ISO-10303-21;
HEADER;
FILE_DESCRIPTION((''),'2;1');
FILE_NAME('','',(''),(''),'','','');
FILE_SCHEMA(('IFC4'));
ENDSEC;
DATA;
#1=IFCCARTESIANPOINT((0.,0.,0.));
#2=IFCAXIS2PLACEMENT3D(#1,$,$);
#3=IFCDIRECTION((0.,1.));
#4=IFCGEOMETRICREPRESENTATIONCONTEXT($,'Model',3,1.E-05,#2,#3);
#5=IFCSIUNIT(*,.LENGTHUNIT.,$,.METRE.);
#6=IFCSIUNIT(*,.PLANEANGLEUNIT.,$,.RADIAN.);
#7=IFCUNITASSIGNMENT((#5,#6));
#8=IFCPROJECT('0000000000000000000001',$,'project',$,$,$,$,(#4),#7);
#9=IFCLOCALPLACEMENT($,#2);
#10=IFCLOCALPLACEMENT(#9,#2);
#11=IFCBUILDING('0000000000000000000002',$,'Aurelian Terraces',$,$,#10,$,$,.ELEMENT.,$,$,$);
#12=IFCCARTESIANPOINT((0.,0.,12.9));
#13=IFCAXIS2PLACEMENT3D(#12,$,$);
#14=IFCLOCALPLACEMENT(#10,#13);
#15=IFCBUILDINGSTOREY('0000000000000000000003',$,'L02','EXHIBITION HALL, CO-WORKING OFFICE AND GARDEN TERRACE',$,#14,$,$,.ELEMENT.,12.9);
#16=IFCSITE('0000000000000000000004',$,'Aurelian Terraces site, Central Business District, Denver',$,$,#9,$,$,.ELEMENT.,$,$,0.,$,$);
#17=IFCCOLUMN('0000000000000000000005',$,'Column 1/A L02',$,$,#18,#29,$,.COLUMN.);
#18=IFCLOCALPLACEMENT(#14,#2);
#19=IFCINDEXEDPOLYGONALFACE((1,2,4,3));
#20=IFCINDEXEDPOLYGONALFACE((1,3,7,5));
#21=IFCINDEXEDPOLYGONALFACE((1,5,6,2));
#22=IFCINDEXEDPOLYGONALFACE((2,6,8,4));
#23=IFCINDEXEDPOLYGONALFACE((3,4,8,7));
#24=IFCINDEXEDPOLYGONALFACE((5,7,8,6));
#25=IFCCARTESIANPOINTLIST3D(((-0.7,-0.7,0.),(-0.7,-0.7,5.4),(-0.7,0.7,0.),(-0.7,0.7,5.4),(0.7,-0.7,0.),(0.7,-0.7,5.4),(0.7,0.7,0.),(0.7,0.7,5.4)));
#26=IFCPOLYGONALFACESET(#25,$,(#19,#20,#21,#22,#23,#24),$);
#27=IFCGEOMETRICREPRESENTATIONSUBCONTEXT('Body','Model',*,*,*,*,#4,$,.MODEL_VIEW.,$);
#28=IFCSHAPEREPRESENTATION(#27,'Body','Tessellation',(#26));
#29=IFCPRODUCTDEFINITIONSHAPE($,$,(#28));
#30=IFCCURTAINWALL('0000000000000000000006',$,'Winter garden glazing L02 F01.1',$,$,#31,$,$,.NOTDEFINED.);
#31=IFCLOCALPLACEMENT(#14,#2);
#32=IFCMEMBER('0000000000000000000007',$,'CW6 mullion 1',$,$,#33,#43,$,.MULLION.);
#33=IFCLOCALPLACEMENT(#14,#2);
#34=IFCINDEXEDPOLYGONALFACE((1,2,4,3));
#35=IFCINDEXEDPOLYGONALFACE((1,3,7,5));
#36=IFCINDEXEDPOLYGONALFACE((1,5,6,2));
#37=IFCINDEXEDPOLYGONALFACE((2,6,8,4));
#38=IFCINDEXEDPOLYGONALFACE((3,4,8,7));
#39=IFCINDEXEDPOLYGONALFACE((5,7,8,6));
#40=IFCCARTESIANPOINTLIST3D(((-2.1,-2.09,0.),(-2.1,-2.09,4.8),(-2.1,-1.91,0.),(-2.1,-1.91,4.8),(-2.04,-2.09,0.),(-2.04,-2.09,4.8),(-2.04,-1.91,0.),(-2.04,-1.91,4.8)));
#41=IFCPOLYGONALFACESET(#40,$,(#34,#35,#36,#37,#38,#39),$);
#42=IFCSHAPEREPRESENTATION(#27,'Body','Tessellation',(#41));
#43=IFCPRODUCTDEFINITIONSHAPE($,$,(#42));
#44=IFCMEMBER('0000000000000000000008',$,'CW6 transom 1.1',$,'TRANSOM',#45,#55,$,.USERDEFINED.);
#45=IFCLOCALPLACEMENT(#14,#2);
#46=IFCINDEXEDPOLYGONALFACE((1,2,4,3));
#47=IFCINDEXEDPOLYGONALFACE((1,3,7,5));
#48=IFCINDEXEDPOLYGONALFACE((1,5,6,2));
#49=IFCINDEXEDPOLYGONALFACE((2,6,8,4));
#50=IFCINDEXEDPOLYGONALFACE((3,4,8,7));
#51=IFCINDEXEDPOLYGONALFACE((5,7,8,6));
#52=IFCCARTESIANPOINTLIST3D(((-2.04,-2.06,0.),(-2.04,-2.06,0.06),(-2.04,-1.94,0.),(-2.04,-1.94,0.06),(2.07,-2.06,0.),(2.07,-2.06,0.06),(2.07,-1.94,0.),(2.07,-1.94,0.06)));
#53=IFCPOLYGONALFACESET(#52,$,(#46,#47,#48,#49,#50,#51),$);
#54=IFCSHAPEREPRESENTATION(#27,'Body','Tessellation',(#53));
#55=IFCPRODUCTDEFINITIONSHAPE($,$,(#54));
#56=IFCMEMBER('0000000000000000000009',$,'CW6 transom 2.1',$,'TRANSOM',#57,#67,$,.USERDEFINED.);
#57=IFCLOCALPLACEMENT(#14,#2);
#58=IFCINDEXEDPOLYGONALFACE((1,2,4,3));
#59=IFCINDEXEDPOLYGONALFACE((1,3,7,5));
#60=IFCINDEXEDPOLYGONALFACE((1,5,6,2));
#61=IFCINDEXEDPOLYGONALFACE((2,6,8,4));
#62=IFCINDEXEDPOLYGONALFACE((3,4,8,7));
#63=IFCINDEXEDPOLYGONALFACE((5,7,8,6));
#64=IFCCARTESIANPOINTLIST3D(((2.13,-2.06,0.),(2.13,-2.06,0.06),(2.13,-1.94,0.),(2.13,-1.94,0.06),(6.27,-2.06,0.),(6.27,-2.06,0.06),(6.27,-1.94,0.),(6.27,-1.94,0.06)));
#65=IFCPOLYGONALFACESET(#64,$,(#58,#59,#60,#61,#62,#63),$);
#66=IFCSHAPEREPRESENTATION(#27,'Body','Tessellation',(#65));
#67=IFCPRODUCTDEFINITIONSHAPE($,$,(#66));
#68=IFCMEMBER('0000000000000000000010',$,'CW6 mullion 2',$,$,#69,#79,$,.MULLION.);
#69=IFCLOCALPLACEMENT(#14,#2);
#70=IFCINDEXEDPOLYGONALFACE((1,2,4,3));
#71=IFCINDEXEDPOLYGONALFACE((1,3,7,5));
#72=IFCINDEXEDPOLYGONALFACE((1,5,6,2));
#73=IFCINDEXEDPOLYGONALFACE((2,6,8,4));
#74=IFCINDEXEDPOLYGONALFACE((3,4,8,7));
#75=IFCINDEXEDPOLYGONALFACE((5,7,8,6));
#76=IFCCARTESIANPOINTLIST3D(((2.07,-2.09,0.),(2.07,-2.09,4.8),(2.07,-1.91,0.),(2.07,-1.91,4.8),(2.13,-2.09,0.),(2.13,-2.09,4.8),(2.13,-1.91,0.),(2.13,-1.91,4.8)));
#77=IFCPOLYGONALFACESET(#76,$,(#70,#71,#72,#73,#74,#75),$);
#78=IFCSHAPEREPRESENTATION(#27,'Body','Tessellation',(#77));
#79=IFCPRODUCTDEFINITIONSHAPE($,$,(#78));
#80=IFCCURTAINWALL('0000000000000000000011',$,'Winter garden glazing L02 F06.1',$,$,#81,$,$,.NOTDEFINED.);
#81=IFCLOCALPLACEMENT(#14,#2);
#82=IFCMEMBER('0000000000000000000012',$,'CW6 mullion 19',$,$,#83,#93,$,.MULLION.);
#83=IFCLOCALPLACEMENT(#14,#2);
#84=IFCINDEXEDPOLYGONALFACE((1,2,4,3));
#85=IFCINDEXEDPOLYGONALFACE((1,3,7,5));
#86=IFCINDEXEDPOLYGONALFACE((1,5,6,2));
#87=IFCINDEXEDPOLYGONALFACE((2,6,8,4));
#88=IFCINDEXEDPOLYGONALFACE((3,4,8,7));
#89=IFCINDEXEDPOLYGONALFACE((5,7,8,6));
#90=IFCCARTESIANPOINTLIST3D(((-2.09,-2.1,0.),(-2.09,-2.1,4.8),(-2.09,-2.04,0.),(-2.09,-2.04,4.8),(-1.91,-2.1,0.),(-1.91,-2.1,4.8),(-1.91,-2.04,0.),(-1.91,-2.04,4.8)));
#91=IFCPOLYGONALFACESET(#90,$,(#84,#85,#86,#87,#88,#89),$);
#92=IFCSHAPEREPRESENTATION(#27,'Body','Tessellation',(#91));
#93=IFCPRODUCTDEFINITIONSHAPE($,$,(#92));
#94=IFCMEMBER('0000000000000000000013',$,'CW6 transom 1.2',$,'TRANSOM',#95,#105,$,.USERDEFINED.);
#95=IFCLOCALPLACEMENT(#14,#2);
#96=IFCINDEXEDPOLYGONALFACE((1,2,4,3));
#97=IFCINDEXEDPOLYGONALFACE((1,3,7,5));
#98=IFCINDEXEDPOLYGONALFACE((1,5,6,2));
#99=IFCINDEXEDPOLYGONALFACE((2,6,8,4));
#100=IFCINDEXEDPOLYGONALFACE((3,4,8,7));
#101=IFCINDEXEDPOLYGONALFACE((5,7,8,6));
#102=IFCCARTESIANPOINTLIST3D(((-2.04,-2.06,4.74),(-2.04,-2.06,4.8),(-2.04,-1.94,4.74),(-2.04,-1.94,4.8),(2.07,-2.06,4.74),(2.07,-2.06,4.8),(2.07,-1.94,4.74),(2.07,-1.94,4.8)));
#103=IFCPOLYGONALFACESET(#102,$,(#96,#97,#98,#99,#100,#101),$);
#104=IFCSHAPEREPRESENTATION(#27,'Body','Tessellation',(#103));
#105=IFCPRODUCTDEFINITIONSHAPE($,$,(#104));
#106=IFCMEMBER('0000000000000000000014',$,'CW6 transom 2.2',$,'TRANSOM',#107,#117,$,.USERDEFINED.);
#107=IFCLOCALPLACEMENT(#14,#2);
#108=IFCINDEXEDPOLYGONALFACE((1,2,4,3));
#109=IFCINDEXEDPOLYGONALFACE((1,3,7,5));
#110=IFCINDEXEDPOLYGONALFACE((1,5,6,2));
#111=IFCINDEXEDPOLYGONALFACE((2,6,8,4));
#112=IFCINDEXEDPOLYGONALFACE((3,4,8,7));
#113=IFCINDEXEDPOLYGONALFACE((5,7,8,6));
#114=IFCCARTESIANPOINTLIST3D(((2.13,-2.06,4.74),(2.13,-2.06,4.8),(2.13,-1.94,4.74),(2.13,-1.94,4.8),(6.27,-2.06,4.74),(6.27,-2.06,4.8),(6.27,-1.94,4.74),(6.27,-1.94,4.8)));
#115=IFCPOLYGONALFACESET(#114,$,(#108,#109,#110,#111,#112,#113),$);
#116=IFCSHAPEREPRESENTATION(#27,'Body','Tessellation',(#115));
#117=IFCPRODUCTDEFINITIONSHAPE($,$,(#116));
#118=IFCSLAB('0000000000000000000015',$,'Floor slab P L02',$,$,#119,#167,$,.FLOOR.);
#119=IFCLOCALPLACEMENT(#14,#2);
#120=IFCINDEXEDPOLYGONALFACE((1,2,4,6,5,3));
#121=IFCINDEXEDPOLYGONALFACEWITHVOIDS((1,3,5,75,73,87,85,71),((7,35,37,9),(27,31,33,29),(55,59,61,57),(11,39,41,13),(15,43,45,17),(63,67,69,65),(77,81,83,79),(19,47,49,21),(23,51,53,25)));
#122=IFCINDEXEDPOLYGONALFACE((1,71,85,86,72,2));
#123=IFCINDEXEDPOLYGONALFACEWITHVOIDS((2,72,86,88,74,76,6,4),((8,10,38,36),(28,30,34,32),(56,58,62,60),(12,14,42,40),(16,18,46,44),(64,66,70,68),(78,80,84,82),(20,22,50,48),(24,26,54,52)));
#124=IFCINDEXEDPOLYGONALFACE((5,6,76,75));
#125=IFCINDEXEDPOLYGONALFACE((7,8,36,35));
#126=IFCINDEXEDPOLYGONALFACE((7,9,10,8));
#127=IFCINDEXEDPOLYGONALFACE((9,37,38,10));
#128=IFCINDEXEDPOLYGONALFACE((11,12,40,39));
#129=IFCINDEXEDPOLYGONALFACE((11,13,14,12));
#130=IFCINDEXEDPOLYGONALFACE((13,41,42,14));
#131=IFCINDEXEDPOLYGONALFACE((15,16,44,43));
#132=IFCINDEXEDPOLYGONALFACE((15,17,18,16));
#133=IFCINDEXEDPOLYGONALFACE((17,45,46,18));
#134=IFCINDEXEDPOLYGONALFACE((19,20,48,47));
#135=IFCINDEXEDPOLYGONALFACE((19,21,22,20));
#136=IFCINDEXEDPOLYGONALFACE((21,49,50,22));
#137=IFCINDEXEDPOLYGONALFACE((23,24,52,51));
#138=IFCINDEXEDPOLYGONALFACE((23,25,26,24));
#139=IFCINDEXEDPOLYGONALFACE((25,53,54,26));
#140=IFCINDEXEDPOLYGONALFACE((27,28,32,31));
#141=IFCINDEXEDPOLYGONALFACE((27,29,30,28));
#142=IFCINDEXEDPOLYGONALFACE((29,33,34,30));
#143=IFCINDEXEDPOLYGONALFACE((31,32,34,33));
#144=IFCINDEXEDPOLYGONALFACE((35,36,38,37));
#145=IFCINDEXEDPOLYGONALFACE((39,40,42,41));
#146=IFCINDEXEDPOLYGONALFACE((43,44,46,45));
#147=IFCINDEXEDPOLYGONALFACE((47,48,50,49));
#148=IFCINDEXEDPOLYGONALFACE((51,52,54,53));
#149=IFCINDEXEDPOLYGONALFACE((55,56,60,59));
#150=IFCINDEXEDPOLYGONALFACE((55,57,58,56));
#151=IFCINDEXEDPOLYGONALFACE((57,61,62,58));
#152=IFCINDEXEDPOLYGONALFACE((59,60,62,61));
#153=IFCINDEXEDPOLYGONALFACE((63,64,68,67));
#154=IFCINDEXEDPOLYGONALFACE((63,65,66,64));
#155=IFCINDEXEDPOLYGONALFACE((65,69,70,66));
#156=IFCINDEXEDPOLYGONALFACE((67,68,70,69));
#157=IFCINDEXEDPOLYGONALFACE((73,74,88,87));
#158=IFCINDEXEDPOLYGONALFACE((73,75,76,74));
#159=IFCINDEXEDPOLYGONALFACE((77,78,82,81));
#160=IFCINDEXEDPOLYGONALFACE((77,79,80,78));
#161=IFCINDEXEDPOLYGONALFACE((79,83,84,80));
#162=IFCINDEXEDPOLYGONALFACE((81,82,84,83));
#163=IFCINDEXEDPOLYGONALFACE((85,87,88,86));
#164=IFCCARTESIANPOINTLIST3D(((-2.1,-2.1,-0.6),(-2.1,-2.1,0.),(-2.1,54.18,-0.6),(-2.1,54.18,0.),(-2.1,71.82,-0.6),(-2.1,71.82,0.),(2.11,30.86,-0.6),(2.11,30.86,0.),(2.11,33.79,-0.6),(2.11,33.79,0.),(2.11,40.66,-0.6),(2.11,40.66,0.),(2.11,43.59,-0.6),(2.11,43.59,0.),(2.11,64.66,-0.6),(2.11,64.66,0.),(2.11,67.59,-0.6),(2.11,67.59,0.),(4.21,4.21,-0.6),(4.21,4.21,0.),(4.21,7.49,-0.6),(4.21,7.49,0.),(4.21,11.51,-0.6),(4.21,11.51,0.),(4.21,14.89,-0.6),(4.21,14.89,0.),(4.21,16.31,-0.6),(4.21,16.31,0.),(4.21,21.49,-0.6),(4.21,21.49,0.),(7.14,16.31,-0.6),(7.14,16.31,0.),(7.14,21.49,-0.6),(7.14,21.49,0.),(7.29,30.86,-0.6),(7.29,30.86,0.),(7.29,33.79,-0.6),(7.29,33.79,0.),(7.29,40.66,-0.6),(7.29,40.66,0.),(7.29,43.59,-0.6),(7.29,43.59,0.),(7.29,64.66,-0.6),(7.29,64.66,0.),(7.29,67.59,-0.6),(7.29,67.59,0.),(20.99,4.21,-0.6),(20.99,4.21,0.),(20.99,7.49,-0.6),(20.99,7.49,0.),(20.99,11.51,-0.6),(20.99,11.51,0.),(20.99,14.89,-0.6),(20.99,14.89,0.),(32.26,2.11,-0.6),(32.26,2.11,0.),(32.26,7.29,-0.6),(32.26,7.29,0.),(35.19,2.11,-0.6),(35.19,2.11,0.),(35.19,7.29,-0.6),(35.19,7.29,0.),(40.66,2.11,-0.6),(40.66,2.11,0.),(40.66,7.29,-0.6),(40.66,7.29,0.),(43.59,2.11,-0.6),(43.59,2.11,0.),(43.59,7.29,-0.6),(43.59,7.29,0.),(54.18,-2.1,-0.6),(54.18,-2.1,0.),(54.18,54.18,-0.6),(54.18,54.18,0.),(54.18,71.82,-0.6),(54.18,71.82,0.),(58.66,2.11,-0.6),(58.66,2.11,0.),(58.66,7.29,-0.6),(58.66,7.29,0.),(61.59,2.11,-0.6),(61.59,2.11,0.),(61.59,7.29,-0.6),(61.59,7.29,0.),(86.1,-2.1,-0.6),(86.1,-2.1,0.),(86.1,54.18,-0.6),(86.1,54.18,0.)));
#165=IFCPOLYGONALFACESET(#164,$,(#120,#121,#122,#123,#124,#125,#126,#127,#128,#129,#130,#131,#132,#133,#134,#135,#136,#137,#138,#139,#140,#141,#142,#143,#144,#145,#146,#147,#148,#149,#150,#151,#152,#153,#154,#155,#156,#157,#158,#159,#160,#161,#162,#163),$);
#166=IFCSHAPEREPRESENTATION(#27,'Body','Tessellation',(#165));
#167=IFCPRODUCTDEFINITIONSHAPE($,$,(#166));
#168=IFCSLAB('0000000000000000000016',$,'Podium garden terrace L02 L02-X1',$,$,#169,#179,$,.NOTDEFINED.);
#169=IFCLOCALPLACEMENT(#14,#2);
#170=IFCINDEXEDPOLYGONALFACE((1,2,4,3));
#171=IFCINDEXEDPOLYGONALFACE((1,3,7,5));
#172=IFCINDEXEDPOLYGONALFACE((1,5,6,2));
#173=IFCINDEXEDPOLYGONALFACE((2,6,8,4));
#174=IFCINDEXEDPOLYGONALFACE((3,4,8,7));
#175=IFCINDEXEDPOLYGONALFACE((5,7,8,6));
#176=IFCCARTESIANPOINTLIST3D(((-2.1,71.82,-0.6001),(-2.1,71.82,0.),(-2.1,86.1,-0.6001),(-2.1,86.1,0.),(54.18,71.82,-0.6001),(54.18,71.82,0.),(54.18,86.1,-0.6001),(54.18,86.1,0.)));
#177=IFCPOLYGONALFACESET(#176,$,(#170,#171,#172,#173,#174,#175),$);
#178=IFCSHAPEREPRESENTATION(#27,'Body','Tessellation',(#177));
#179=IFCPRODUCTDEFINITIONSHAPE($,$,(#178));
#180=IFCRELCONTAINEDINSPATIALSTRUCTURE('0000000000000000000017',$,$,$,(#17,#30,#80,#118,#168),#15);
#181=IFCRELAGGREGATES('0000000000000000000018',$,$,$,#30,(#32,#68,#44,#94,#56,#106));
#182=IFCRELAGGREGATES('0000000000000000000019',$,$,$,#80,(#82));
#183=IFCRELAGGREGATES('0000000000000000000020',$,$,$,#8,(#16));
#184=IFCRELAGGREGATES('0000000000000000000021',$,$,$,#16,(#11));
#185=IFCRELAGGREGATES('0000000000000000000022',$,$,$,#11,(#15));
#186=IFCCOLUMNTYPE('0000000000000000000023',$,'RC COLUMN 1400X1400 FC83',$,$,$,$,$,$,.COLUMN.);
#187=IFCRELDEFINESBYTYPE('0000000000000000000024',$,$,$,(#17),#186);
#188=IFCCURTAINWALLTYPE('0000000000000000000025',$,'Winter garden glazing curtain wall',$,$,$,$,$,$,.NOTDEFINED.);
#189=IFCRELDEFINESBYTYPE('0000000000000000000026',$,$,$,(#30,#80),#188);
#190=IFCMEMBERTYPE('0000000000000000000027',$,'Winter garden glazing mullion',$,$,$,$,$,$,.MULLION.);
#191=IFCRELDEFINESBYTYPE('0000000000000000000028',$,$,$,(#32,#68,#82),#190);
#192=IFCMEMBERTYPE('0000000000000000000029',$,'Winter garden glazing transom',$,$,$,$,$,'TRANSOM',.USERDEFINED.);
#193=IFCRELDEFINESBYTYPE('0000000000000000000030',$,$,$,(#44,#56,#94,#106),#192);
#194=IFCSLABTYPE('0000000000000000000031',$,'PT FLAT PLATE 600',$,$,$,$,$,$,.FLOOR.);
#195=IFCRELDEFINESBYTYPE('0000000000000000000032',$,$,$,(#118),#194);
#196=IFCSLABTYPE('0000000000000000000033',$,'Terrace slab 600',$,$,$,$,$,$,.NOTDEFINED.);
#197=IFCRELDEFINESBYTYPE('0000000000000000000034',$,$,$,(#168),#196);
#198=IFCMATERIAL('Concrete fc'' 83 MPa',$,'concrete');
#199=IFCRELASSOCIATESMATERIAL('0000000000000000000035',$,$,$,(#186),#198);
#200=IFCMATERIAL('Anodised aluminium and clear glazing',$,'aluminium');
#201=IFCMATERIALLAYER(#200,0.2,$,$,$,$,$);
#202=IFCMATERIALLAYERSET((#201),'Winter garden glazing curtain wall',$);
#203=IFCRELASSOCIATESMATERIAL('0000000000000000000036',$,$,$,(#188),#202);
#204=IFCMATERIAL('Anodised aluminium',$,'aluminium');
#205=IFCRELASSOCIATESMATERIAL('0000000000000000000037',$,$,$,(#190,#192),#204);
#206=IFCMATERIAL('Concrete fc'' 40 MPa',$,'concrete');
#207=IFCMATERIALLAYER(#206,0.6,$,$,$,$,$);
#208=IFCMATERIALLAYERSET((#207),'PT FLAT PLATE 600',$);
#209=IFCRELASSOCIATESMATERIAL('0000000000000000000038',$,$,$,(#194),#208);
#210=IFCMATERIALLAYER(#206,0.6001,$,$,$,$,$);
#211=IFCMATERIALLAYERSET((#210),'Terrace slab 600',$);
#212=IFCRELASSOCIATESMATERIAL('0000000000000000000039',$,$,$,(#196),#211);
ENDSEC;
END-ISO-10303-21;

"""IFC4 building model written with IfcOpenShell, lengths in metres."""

from ifc_helpers import new_model, si_unit, direction, frame, origin, origin_with_axes, origin_2d, place, context, subcontext, project, spatial, polyline, rectangle, outline, extrude, source, transform, mapped, material, layer, layer_set, material_profile, profile_set, type_object, element, aggregate, save


model = new_model("IFC4")

# Units and contexts
model_context = context("Model", 3, precision=1e-05, world=origin(), true_north=direction((0.0, 1.0)))
body_context = subcontext(model_context, "Body", "Model", "MODEL_VIEW")
ifc_project = project(units=[si_unit("LENGTHUNIT", "METRE"), si_unit("PLANEANGLEUNIT", "RADIAN")], contexts=[model_context])

# Site, building, storey
site_placement = place(None, origin())
site = spatial("IfcSite", under=ifc_project, at=site_placement, Name="Aurelian Terraces site, Central Business District, Denver", CompositionType="ELEMENT", RefElevation=0.0)
building_placement = place(site_placement, origin())
building = spatial("IfcBuilding", under=site, at=building_placement, Name="Aurelian Terraces", CompositionType="ELEMENT")
storey_placement = place(building_placement, frame((0.0, 0.0, 12.9)))
storey = spatial("IfcBuildingStorey", under=building, at=storey_placement, Name="L02", Description="EXHIBITION HALL, CO-WORKING OFFICE AND GARDEN TERRACE", CompositionType="ELEMENT", Elevation=12.9)

# Column
ifc_material_1 = material(Name="Concrete fc' 83 MPa", Category="concrete")
ifc_material_profile_1 = material_profile(ifc_material_1, rectangle(XDim=1.4, YDim=1.4, at=origin_2d()))
ifc_profile_set_1 = profile_set([ifc_material_profile_1], Name="Concrete fc' 83 MPa")
column_type = type_object("IfcColumnType", Name="RC COLUMN 1400X1400 FC83", PredefinedType="COLUMN", material=ifc_profile_set_1)
shared_shape_1 = source(origin(), body_context, "Body", "SweptSolid", [
    extrude(rectangle(XDim=1.4, YDim=1.4, at=origin_2d()), origin(), (0.0, 0.0, 1.0), 5.4),
])
column_placement = place(storey_placement, origin_with_axes())
element("IfcColumn", 1, at=column_placement, inside=storey, type_object=column_type, Name="Column 1/A L02", PredefinedType="COLUMN", context=body_context, shape_type="MappedRepresentation", body=[
    mapped(shared_shape_1, transform((0.0, 0.0, 0.0), scale=1.0)),
])

# Curtain wall, members
ifc_material_2 = material(Name="Anodised aluminium and clear glazing", Category="aluminium")
ifc_layer_1 = layer(ifc_material_2, 0.2)
ifc_layer_set_1 = layer_set([ifc_layer_1], Name="Winter garden glazing curtain wall")
curtain_wall_type = type_object("IfcCurtainWallType", Name="Winter garden glazing curtain wall", PredefinedType="NOTDEFINED", material=ifc_layer_set_1)
curtain_wall_1_placement = place(storey_placement, origin())
curtain_wall_1 = element("IfcCurtainWall", 2, at=curtain_wall_1_placement, inside=storey, type_object=curtain_wall_type, Name="Winter garden glazing L02 F01.1", PredefinedType="NOTDEFINED")
ifc_material_3 = material(Name="Anodised aluminium", Category="aluminium")
ifc_material_profile_2 = material_profile(ifc_material_3, rectangle(XDim=0.18, YDim=0.06, at=origin_2d()))
ifc_profile_set_2 = profile_set([ifc_material_profile_2], Name="Anodised aluminium")
member_type_1 = type_object("IfcMemberType", Name="Winter garden glazing mullion", PredefinedType="MULLION", material=ifc_profile_set_2)
member_1_placement = place(storey_placement, frame((-2.07, -2.0, 0.0), z_axis=(0.0, 0.0, 1.0), x_axis=(0.0, 1.0, 0.0)))
member_1 = element("IfcMember", 3, at=member_1_placement, type_object=member_type_1, Name="CW6 mullion 1", PredefinedType="MULLION", context=body_context, shape_type="SweptSolid", body=[
    extrude(rectangle(XDim=0.18, YDim=0.06, at=origin_2d()), origin(), (0.0, 0.0, 1.0), 4.8),
])
ifc_material_profile_3 = material_profile(ifc_material_3, rectangle(XDim=0.12, YDim=0.06, at=origin_2d()))
ifc_profile_set_3 = profile_set([ifc_material_profile_3], Name="Anodised aluminium")
member_type_2 = type_object("IfcMemberType", Name="Winter garden glazing transom", ElementType="TRANSOM", PredefinedType="USERDEFINED", material=ifc_profile_set_3)
member_2_placement = place(storey_placement, frame((-2.04, -2.0, 0.03), z_axis=(1.0, 0.0, 0.0), x_axis=(0.0, 1.0, 0.0)))
member_2 = element("IfcMember", 4, at=member_2_placement, type_object=member_type_2, Name="CW6 transom 1.1", ObjectType="TRANSOM", PredefinedType="USERDEFINED", context=body_context, shape_type="SweptSolid", body=[
    extrude(rectangle(XDim=0.12, YDim=0.06, at=origin_2d()), origin(), (0.0, 0.0, 1.0), 4.11),
])
member_3_placement = place(storey_placement, frame((2.13, -2.0, 0.03), z_axis=(1.0, 0.0, 0.0), x_axis=(0.0, 1.0, 0.0)))
member_3 = element("IfcMember", 5, at=member_3_placement, type_object=member_type_2, Name="CW6 transom 2.1", ObjectType="TRANSOM", PredefinedType="USERDEFINED", context=body_context, shape_type="SweptSolid", body=[
    extrude(rectangle(XDim=0.12, YDim=0.06, at=origin_2d()), origin(), (0.0, 0.0, 1.0), 4.14),
])
shared_shape_2 = source(origin(), body_context, "Body", "SweptSolid", [
    extrude(rectangle(XDim=0.18, YDim=0.06, at=origin_2d()), origin(), (0.0, 0.0, 1.0), 4.8),
])
member_4_placement = place(storey_placement, frame((2.1, -2.0, 0.0), z_axis=(0.0, 0.0, 1.0), x_axis=(0.0, 1.0, 0.0)))
member_4 = element("IfcMember", 6, at=member_4_placement, type_object=member_type_1, Name="CW6 mullion 2", PredefinedType="MULLION", context=body_context, shape_type="MappedRepresentation", body=[
    mapped(shared_shape_2, transform((0.0, 0.0, 0.0), scale=1.0)),
])

# Curtain wall, member
curtain_wall_2_placement = place(storey_placement, origin())
curtain_wall_2 = element("IfcCurtainWall", 7, at=curtain_wall_2_placement, inside=storey, type_object=curtain_wall_type, Name="Winter garden glazing L02 F06.1", PredefinedType="NOTDEFINED")
member_5_placement = place(storey_placement, frame((-2.0, -2.07, 0.0), z_axis=(0.0, 0.0, 1.0), x_axis=(1.0, 0.0, 0.0)))
member_5 = element("IfcMember", 8, at=member_5_placement, type_object=member_type_1, Name="CW6 mullion 19", PredefinedType="MULLION", context=body_context, shape_type="MappedRepresentation", body=[
    mapped(shared_shape_2, transform((0.0, 0.0, 0.0), scale=1.0)),
])

# Members
shared_shape_3 = source(origin(), body_context, "Body", "SweptSolid", [
    extrude(rectangle(XDim=0.12, YDim=0.06, at=origin_2d()), origin(), (0.0, 0.0, 1.0), 4.11),
])
member_6_placement = place(storey_placement, frame((-2.04, -2.0, 4.77), z_axis=(1.0, 0.0, 0.0), x_axis=(0.0, 1.0, 0.0)))
member_6 = element("IfcMember", 9, at=member_6_placement, type_object=member_type_2, Name="CW6 transom 1.2", ObjectType="TRANSOM", PredefinedType="USERDEFINED", context=body_context, shape_type="MappedRepresentation", body=[
    mapped(shared_shape_3, transform((0.0, 0.0, 0.0), scale=1.0)),
])
shared_shape_4 = source(origin(), body_context, "Body", "SweptSolid", [
    extrude(rectangle(XDim=0.12, YDim=0.06, at=origin_2d()), origin(), (0.0, 0.0, 1.0), 4.14),
])
member_7_placement = place(storey_placement, frame((2.13, -2.0, 4.77), z_axis=(1.0, 0.0, 0.0), x_axis=(0.0, 1.0, 0.0)))
member_7 = element("IfcMember", 10, at=member_7_placement, type_object=member_type_2, Name="CW6 transom 2.2", ObjectType="TRANSOM", PredefinedType="USERDEFINED", context=body_context, shape_type="MappedRepresentation", body=[
    mapped(shared_shape_4, transform((0.0, 0.0, 0.0), scale=1.0)),
])

# Slabs
ifc_material_4 = material(Name="Concrete fc' 40 MPa", Category="concrete")
ifc_layer_2 = layer(ifc_material_4, 0.6)
ifc_layer_set_2 = layer_set([ifc_layer_2], Name="PT FLAT PLATE 600")
slab_type_1 = type_object("IfcSlabType", Name="PT FLAT PLATE 600", PredefinedType="FLOOR", material=ifc_layer_set_2)
slab_1_placement = place(storey_placement, frame((0.0, 0.0, -0.6)))
element("IfcSlab", 11, at=slab_1_placement, inside=storey, type_object=slab_type_1, Name="Floor slab P L02", PredefinedType="FLOOR", context=body_context, shape_type="SweptSolid", body=[
    extrude(outline(polyline([(86.1, -2.1), (54.18, -2.1), (-2.1, -2.1), (-2.1, 54.18), (-2.1, 71.82), (54.18, 71.82), (54.18, 54.18), (86.1, 54.18), (86.1, -2.1)]), holes=[polyline([(58.66, 7.29), (58.66, 2.11), (61.59, 2.11), (61.59, 7.29), (58.66, 7.29)]), polyline([(40.66, 7.29), (40.66, 2.11), (43.59, 2.11), (43.59, 7.29), (40.66, 7.29)]), polyline([(32.26, 7.29), (32.26, 2.11), (35.19, 2.11), (35.19, 7.29), (32.26, 7.29)]), polyline([(4.21, 7.49), (4.21, 4.21), (20.99, 4.21), (20.99, 7.49), (4.21, 7.49)]), polyline([(4.21, 14.89), (4.21, 11.51), (20.99, 11.51), (20.99, 14.89), (4.21, 14.89)]), polyline([(7.29, 40.66), (7.29, 43.59), (2.11, 43.59), (2.11, 40.66), (7.29, 40.66)]), polyline([(7.29, 64.66), (7.29, 67.59), (2.11, 67.59), (2.11, 64.66), (7.29, 64.66)]), polyline([(7.29, 33.79), (2.11, 33.79), (2.11, 30.86), (7.29, 30.86), (7.29, 33.79)]), polyline([(4.21, 21.49), (4.21, 16.31), (7.14, 16.31), (7.14, 21.49), (4.21, 21.49)])]), origin(), (0.0, 0.0, 1.0), 0.6),
])
ifc_layer_3 = layer(ifc_material_4, 0.6001)
ifc_layer_set_3 = layer_set([ifc_layer_3], Name="Terrace slab 600")
slab_type_2 = type_object("IfcSlabType", Name="Terrace slab 600", PredefinedType="NOTDEFINED", material=ifc_layer_set_3)
slab_2_placement = place(storey_placement, frame((0.0, 0.0, -0.6001)))
element("IfcSlab", 12, at=slab_2_placement, inside=storey, type_object=slab_type_2, Name="Podium garden terrace L02 L02-X1", PredefinedType="NOTDEFINED", context=body_context, shape_type="SweptSolid", body=[
    extrude(outline(polyline([(-2.1, 86.1), (54.18, 86.1), (54.18, 71.82), (-2.1, 71.82), (-2.1, 86.1)])), origin(), (0.0, 0.0, 1.0), 0.6001),
])

aggregate(curtain_wall_1, [member_1, member_4, member_2, member_6, member_3, member_7])
aggregate(curtain_wall_2, [member_5])

save(model, "model.ifc")
